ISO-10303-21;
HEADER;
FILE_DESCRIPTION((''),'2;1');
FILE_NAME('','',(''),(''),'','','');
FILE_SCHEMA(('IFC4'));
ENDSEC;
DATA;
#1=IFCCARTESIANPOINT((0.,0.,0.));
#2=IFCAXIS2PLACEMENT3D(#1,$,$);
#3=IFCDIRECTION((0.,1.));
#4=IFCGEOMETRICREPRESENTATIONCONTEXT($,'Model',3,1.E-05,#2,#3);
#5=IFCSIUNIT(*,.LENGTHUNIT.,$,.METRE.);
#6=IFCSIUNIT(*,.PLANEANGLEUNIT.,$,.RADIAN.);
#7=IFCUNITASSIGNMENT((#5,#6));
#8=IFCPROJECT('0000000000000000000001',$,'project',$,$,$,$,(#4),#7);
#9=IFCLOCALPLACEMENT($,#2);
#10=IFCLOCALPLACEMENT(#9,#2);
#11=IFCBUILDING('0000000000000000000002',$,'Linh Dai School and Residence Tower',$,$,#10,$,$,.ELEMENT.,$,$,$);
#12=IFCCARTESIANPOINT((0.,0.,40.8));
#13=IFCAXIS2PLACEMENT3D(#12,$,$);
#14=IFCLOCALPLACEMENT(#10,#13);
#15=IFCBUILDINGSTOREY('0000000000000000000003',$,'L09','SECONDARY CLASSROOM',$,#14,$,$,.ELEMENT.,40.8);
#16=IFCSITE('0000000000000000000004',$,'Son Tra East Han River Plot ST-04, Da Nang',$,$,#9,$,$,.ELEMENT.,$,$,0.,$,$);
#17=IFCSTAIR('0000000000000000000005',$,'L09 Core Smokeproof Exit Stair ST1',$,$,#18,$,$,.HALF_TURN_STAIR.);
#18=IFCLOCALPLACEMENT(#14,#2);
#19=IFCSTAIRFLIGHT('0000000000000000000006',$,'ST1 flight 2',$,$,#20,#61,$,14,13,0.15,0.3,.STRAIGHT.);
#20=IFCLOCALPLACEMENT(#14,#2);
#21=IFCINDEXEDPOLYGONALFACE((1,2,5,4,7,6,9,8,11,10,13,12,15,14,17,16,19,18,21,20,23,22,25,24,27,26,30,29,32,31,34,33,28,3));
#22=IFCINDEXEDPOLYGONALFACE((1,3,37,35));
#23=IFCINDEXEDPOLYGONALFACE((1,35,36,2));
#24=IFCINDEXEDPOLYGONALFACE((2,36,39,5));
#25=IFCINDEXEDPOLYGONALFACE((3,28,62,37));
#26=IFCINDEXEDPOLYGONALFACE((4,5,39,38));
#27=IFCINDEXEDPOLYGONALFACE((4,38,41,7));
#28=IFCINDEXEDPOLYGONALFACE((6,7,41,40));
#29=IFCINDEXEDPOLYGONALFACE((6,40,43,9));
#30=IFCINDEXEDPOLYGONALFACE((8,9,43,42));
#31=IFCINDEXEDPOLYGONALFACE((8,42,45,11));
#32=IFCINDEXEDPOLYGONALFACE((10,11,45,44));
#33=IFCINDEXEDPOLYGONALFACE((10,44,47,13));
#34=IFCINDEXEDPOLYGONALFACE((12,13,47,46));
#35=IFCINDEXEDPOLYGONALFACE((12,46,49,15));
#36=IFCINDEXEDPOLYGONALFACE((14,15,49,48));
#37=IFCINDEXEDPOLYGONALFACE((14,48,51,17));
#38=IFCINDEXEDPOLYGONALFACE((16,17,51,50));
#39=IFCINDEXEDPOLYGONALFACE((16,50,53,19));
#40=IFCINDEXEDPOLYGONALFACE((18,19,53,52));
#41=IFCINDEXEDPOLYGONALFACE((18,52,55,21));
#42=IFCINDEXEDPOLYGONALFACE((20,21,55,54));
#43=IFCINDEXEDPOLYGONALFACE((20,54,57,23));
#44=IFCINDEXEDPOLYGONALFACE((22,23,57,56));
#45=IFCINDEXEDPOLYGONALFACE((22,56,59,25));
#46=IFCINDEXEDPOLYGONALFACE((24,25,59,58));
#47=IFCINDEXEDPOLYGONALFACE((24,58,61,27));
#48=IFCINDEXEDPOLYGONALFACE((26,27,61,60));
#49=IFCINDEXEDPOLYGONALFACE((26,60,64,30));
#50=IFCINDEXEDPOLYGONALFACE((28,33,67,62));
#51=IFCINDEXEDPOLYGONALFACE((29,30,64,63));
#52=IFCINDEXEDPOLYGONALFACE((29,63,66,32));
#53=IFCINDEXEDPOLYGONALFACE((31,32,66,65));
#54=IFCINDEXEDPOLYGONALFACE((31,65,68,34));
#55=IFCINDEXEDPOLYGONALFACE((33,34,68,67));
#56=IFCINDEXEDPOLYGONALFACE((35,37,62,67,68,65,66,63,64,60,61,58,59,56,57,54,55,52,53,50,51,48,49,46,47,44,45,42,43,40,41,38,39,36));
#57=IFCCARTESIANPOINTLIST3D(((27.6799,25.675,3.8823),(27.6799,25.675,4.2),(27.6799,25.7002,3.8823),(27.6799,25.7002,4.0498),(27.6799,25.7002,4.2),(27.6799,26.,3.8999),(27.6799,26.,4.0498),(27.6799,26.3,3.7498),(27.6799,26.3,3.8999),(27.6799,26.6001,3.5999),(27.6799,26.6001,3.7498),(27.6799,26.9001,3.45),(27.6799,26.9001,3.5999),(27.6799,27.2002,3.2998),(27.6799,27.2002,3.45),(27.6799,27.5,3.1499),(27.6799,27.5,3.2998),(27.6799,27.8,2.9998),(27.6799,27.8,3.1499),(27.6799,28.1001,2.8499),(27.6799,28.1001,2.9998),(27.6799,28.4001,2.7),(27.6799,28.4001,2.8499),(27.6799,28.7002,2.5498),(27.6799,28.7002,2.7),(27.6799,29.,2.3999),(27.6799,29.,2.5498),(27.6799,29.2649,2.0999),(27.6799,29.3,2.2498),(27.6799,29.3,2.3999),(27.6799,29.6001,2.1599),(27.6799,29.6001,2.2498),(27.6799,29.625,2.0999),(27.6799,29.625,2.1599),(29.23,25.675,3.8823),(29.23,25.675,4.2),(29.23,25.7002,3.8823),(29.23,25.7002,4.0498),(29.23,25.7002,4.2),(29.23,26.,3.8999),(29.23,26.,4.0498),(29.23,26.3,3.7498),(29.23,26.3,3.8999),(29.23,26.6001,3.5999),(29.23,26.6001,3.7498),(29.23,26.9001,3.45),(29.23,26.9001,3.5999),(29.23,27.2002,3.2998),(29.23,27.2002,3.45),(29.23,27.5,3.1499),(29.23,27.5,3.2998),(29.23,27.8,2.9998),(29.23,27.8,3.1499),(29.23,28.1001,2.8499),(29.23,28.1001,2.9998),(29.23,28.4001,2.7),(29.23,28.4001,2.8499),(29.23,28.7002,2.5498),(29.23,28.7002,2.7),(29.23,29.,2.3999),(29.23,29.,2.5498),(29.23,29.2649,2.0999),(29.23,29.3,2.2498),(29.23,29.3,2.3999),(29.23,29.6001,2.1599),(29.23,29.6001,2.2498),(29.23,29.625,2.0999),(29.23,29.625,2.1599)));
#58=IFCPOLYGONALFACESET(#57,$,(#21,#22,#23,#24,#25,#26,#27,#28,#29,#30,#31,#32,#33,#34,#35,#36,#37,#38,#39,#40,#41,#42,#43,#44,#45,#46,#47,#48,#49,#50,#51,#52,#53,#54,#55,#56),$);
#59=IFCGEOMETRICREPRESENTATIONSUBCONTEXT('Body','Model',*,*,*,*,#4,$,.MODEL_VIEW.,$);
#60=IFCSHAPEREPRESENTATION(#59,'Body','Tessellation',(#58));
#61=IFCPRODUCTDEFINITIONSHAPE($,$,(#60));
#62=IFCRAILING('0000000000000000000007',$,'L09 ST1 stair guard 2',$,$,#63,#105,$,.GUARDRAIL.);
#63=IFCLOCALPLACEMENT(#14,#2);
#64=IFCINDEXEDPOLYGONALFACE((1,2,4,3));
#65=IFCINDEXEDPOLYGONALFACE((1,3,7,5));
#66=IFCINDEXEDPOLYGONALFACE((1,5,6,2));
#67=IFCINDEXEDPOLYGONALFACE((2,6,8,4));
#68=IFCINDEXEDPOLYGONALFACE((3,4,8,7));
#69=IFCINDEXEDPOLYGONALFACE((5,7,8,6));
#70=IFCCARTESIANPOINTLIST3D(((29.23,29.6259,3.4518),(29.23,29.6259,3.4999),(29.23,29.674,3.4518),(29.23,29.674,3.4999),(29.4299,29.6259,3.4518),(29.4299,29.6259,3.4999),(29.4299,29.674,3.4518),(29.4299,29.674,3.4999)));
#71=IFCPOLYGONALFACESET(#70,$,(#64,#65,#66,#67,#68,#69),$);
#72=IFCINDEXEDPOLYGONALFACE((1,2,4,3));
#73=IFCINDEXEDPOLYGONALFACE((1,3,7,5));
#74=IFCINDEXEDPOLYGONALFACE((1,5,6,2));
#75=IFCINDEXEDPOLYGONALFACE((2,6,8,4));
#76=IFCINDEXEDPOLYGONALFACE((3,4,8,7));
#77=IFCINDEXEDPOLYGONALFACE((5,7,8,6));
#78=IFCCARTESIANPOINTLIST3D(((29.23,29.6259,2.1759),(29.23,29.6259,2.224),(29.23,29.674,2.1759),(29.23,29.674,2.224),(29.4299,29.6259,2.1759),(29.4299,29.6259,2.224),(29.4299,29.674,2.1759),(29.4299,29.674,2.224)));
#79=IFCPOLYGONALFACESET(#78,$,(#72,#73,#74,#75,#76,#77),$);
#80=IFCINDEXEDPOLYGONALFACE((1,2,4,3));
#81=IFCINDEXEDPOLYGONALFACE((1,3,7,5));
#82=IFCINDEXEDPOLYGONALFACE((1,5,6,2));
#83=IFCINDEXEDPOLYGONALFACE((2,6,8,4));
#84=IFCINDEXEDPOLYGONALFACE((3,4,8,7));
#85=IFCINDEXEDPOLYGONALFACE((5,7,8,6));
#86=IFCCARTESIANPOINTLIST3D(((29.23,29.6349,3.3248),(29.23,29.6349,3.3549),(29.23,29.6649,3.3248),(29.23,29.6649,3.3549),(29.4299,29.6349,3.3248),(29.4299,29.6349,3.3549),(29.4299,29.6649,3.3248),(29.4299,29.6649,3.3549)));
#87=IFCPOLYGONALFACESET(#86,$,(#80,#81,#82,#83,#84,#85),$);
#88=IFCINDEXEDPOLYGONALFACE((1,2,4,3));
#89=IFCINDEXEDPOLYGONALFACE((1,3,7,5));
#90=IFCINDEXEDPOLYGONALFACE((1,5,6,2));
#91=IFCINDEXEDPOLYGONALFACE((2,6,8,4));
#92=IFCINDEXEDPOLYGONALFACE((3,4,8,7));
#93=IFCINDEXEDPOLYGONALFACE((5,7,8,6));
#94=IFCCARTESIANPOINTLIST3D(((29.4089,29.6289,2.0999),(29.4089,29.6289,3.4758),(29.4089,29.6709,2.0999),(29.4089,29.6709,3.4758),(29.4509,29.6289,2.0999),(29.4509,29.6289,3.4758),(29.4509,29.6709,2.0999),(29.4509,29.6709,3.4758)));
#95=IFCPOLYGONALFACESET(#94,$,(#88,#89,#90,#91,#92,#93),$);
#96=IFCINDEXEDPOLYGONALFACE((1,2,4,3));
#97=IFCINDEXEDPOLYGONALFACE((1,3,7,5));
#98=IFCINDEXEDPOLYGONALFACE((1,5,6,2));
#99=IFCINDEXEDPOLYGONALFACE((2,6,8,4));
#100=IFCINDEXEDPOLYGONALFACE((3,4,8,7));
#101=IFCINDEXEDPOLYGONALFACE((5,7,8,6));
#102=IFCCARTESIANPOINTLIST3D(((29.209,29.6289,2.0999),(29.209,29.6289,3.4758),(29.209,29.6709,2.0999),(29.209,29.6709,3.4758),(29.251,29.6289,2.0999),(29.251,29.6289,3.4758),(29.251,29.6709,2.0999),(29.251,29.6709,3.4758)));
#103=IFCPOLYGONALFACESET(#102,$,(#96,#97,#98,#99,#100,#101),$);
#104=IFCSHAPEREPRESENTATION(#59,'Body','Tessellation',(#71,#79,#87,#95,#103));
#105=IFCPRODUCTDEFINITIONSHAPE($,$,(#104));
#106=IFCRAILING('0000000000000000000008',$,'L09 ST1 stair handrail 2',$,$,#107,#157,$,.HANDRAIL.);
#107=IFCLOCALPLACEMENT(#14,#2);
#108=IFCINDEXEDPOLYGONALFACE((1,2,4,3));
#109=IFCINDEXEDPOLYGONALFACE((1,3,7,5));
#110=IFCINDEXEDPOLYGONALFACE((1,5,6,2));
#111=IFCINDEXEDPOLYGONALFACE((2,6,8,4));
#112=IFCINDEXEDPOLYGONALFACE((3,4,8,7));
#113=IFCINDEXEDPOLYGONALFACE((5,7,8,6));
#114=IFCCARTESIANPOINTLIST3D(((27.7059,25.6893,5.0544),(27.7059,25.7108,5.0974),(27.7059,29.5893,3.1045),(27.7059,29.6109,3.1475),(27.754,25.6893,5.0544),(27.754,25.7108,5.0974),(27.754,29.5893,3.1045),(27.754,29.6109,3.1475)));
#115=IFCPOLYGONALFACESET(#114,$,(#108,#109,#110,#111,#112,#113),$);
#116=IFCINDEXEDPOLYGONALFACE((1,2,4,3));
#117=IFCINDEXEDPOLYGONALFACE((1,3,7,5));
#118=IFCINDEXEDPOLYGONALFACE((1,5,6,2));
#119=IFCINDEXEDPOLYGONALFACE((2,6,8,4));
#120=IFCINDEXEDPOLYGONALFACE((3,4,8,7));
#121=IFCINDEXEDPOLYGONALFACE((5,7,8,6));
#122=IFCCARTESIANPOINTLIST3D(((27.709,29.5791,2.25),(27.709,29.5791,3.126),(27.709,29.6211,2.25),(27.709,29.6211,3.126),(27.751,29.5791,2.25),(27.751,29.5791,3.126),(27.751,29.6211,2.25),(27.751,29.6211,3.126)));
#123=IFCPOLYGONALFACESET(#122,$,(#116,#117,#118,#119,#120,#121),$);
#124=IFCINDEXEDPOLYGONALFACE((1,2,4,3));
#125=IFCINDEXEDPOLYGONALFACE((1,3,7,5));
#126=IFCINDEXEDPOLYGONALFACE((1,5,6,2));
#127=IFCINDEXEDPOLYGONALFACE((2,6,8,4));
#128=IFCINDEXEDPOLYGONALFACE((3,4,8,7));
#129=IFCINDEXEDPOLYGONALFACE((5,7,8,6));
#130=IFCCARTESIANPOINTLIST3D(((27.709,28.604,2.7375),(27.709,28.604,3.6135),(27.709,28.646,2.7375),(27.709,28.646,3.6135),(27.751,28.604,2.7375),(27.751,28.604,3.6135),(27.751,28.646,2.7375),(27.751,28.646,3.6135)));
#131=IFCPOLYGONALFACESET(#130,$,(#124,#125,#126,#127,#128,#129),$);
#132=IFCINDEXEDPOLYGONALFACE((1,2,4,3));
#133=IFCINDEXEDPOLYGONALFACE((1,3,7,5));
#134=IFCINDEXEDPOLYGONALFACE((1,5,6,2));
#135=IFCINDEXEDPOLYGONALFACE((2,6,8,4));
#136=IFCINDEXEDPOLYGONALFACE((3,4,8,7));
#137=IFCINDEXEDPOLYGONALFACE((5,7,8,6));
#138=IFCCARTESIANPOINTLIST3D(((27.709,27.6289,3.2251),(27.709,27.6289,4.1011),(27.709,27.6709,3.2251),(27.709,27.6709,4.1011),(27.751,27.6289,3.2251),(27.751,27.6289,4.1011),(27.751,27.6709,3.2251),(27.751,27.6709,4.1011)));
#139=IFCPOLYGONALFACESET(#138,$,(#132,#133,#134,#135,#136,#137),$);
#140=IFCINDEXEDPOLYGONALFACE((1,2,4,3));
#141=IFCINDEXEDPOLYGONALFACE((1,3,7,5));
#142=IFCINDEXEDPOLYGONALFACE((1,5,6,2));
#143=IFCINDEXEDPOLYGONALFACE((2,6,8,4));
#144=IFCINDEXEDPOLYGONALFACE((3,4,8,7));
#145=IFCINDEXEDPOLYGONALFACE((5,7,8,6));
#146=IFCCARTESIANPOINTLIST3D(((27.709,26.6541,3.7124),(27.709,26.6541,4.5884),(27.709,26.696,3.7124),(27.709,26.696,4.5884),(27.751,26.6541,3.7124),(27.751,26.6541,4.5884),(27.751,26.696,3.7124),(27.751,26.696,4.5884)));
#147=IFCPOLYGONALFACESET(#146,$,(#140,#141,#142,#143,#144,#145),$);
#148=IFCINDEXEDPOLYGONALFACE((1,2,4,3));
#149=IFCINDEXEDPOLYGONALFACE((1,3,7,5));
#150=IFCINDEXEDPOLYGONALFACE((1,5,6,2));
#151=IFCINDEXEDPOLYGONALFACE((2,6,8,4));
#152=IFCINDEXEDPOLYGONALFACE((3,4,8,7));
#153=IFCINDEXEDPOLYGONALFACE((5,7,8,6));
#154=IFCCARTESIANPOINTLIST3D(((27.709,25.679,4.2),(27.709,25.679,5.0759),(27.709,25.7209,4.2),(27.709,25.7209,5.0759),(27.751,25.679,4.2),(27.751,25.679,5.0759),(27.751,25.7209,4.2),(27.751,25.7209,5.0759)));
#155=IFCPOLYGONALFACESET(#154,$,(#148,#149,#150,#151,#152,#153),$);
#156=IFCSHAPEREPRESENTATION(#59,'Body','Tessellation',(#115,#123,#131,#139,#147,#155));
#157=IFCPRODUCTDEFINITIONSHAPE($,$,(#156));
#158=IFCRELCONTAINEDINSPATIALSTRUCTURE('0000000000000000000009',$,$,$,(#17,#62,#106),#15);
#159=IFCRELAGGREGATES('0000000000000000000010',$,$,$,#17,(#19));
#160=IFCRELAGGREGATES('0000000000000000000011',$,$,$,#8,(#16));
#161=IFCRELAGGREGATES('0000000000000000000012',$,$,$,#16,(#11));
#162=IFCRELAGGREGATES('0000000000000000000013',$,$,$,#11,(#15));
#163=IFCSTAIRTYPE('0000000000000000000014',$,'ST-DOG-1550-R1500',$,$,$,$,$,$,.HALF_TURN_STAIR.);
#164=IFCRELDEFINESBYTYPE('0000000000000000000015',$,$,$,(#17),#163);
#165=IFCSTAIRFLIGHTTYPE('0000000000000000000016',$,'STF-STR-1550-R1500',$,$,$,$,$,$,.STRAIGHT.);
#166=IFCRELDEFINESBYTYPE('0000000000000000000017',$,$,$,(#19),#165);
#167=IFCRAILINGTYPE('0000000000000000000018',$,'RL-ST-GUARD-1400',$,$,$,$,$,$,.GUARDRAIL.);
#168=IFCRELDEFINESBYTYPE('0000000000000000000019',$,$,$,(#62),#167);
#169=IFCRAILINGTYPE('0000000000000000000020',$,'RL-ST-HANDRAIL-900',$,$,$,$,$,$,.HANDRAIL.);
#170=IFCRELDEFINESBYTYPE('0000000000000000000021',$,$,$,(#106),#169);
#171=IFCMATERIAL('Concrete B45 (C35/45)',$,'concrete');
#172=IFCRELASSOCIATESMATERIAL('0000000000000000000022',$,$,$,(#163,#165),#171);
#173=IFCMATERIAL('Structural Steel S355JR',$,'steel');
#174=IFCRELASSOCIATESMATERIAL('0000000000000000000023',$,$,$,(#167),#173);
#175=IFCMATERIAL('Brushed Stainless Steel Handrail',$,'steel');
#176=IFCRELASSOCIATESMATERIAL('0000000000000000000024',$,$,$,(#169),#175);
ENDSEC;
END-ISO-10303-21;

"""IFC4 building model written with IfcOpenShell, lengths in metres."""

from ifc_helpers import new_model, si_unit, direction, frame, origin, origin_2d, place, context, subcontext, project, spatial, polyline, rectangle, outline, extrude, source, transform, mapped, material, type_object, element, aggregate, save


model = new_model("IFC4")

# Units and contexts
model_context = context("Model", 3, precision=1e-05, world=origin(), true_north=direction((0.0, 1.0)))
body_context = subcontext(model_context, "Body", "Model", "MODEL_VIEW")
ifc_project = project(units=[si_unit("LENGTHUNIT", "METRE"), si_unit("PLANEANGLEUNIT", "RADIAN")], contexts=[model_context])

# Site, building, storey
site_placement = place(None, origin())
site = spatial("IfcSite", under=ifc_project, at=site_placement, Name="Son Tra East Han River Plot ST-04, Da Nang", CompositionType="ELEMENT", RefElevation=0.0)
building_placement = place(site_placement, origin())
building = spatial("IfcBuilding", under=site, at=building_placement, Name="Linh Dai School and Residence Tower", CompositionType="ELEMENT")
storey_placement = place(building_placement, frame((0.0, 0.0, 40.8)))
storey = spatial("IfcBuildingStorey", under=building, at=storey_placement, Name="L09", Description="SECONDARY CLASSROOM", CompositionType="ELEMENT", Elevation=40.8)

# Shared definitions
ifc_material_1 = material(Name="Structural Steel S355JR", Category="steel")

# Shared definitions
ifc_material_2 = material(Name="Concrete B45 (C35/45)", Category="concrete")

# Stair, stair flight
stair_type = type_object("IfcStairType", Name="ST-DOG-1550-R1500", PredefinedType="HALF_TURN_STAIR", material=ifc_material_2)
stair_placement = place(storey_placement, origin())
stair = element("IfcStair", 1, at=stair_placement, inside=storey, type_object=stair_type, Name="L09 Core Smokeproof Exit Stair ST1", PredefinedType="HALF_TURN_STAIR")
stair_flight_type = type_object("IfcStairFlightType", Name="STF-STR-1550-R1500", PredefinedType="STRAIGHT", material=ifc_material_2)
shared_shape_1 = source(origin(), body_context, "Body", "SweptSolid", [
    extrude(outline(polyline([(-0.0249, 0.0), (-0.0249, 0.0601), (0.0, 0.0601), (0.0, 0.1499), (0.3, 0.1499), (0.3, 0.3), (0.6001, 0.3), (0.6001, 0.45), (0.8999, 0.45), (0.8999, 0.6001), (1.2, 0.6001), (1.2, 0.75), (1.5, 0.75), (1.5, 0.8999), (1.8, 0.8999), (1.8, 1.05), (2.1001, 1.05), (2.1001, 1.2), (2.3999, 1.2), (2.3999, 1.3501), (2.7, 1.3501), (2.7, 1.5), (3.0, 1.5), (3.0, 1.6499), (3.3, 1.6499), (3.3, 1.8), (3.6001, 1.8), (3.6001, 1.95), (3.8999, 1.95), (3.8999, 2.1001), (3.925, 2.1001), (3.925, 1.7825), (3.8999, 1.7825), (0.3352, 0.0), (-0.0249, 0.0)])), frame((0.0, 0.7749, 0.0), z_axis=(0.0, -1.0, 0.0), x_axis=(1.0, 0.0, 0.0)), (0.0, 0.0, 1.0), 1.55),
])
stair_flight_placement = place(storey_placement, frame((28.4551, 29.6001, 2.0999), z_axis=(0.0, 0.0, 1.0), x_axis=(0.0, -1.0, 0.0)))
stair_flight = element("IfcStairFlight", 2, at=stair_flight_placement, type_object=stair_flight_type, Name="ST1 flight 2", NumberOfRisers=14, NumberOfTreads=13, PredefinedType="STRAIGHT", RiserHeight=0.15, TreadLength=0.3, context=body_context, shape_type="MappedRepresentation", body=[
    mapped(shared_shape_1, transform((0.0, 0.0, 0.0), x_axis=(1.0, 0.0, 0.0), y_axis=(0.0, 1.0, 0.0), z_axis=(0.0, 0.0, 1.0), scale=1.0)),
])
aggregate(stair, [stair_flight])

# Railings
railing_type_1 = type_object("IfcRailingType", Name="RL-ST-GUARD-1400", PredefinedType="GUARDRAIL", material=ifc_material_1)
shared_shape_2 = source(origin(), body_context, "Body", "SweptSolid", [
    extrude(rectangle(XDim=0.0481, YDim=0.0481, at=origin_2d()), frame((0.0, 0.0, 1.376), z_axis=(-1.0, 0.0, 0.0), x_axis=(0.0, -1.0, 0.0)), (0.0, 0.0, 1.0), 0.2),
    extrude(rectangle(XDim=0.0481, YDim=0.0481, at=origin_2d()), frame((0.0, 0.0, 0.1001), z_axis=(-1.0, 0.0, 0.0), x_axis=(0.0, -1.0, 0.0)), (0.0, 0.0, 1.0), 0.2),
    extrude(rectangle(XDim=0.03, YDim=0.03, at=origin_2d()), frame((0.0, 0.0, 1.24), z_axis=(-1.0, 0.0, 0.0), x_axis=(0.0, -1.0, 0.0)), (0.0, 0.0, 1.0), 0.2),
    extrude(rectangle(XDim=0.042, YDim=0.042, at=origin_2d()), origin(), (0.0, 0.0, 1.0), 1.376),
    extrude(rectangle(XDim=0.042, YDim=0.042, at=origin_2d()), frame((-0.2, 0.0, 0.0)), (0.0, 0.0, 1.0), 1.376),
])
railing_1_placement = place(storey_placement, frame((29.4299, 29.6499, 2.0999)))
element("IfcRailing", 3, at=railing_1_placement, inside=storey, type_object=railing_type_1, Name="L09 ST1 stair guard 2", PredefinedType="GUARDRAIL", context=body_context, shape_type="MappedRepresentation", body=[
    mapped(shared_shape_2, transform((0.0, 0.0, 0.0), x_axis=(1.0, 0.0, 0.0), y_axis=(0.0, 1.0, 0.0), z_axis=(0.0, 0.0, 1.0), scale=1.0)),
])
ifc_material_3 = material(Name="Brushed Stainless Steel Handrail", Category="steel")
railing_type_2 = type_object("IfcRailingType", Name="RL-ST-HANDRAIL-900", PredefinedType="HANDRAIL", material=ifc_material_3)
shared_shape_3 = source(origin(), body_context, "Body", "SweptSolid", [
    extrude(rectangle(XDim=0.0481, YDim=0.0481, at=origin_2d()), frame((0.0, 0.0, 0.876), z_axis=(0.0, -0.894438, 0.447191), x_axis=(1.0, 0.0, 0.0)), (0.0, 0.0, 1.0), 4.3604),
    extrude(rectangle(XDim=0.042, YDim=0.042, at=origin_2d()), origin(), (0.0, 0.0, 1.0), 0.876),
    extrude(rectangle(XDim=0.042, YDim=0.042, at=origin_2d()), frame((0.0, -0.9751, 0.4875)), (0.0, 0.0, 1.0), 0.876),
    extrude(rectangle(XDim=0.042, YDim=0.042, at=origin_2d()), frame((0.0, -1.9502, 0.9751)), (0.0, 0.0, 1.0), 0.876),
    extrude(rectangle(XDim=0.042, YDim=0.042, at=origin_2d()), frame((0.0, -2.925, 1.4624)), (0.0, 0.0, 1.0), 0.876),
    extrude(rectangle(XDim=0.042, YDim=0.042, at=origin_2d()), frame((0.0, -3.9001, 1.95)), (0.0, 0.0, 1.0), 0.876),
])
railing_2_placement = place(storey_placement, frame((27.73, 29.6001, 2.25)))
element("IfcRailing", 4, at=railing_2_placement, inside=storey, type_object=railing_type_2, Name="L09 ST1 stair handrail 2", PredefinedType="HANDRAIL", context=body_context, shape_type="MappedRepresentation", body=[
    mapped(shared_shape_3, transform((0.0, 0.0, 0.0), x_axis=(1.0, 0.0, 0.0), y_axis=(0.0, 1.0, 0.0), z_axis=(0.0, 0.0, 1.0), scale=1.0)),
])

save(model, "model.ifc")
